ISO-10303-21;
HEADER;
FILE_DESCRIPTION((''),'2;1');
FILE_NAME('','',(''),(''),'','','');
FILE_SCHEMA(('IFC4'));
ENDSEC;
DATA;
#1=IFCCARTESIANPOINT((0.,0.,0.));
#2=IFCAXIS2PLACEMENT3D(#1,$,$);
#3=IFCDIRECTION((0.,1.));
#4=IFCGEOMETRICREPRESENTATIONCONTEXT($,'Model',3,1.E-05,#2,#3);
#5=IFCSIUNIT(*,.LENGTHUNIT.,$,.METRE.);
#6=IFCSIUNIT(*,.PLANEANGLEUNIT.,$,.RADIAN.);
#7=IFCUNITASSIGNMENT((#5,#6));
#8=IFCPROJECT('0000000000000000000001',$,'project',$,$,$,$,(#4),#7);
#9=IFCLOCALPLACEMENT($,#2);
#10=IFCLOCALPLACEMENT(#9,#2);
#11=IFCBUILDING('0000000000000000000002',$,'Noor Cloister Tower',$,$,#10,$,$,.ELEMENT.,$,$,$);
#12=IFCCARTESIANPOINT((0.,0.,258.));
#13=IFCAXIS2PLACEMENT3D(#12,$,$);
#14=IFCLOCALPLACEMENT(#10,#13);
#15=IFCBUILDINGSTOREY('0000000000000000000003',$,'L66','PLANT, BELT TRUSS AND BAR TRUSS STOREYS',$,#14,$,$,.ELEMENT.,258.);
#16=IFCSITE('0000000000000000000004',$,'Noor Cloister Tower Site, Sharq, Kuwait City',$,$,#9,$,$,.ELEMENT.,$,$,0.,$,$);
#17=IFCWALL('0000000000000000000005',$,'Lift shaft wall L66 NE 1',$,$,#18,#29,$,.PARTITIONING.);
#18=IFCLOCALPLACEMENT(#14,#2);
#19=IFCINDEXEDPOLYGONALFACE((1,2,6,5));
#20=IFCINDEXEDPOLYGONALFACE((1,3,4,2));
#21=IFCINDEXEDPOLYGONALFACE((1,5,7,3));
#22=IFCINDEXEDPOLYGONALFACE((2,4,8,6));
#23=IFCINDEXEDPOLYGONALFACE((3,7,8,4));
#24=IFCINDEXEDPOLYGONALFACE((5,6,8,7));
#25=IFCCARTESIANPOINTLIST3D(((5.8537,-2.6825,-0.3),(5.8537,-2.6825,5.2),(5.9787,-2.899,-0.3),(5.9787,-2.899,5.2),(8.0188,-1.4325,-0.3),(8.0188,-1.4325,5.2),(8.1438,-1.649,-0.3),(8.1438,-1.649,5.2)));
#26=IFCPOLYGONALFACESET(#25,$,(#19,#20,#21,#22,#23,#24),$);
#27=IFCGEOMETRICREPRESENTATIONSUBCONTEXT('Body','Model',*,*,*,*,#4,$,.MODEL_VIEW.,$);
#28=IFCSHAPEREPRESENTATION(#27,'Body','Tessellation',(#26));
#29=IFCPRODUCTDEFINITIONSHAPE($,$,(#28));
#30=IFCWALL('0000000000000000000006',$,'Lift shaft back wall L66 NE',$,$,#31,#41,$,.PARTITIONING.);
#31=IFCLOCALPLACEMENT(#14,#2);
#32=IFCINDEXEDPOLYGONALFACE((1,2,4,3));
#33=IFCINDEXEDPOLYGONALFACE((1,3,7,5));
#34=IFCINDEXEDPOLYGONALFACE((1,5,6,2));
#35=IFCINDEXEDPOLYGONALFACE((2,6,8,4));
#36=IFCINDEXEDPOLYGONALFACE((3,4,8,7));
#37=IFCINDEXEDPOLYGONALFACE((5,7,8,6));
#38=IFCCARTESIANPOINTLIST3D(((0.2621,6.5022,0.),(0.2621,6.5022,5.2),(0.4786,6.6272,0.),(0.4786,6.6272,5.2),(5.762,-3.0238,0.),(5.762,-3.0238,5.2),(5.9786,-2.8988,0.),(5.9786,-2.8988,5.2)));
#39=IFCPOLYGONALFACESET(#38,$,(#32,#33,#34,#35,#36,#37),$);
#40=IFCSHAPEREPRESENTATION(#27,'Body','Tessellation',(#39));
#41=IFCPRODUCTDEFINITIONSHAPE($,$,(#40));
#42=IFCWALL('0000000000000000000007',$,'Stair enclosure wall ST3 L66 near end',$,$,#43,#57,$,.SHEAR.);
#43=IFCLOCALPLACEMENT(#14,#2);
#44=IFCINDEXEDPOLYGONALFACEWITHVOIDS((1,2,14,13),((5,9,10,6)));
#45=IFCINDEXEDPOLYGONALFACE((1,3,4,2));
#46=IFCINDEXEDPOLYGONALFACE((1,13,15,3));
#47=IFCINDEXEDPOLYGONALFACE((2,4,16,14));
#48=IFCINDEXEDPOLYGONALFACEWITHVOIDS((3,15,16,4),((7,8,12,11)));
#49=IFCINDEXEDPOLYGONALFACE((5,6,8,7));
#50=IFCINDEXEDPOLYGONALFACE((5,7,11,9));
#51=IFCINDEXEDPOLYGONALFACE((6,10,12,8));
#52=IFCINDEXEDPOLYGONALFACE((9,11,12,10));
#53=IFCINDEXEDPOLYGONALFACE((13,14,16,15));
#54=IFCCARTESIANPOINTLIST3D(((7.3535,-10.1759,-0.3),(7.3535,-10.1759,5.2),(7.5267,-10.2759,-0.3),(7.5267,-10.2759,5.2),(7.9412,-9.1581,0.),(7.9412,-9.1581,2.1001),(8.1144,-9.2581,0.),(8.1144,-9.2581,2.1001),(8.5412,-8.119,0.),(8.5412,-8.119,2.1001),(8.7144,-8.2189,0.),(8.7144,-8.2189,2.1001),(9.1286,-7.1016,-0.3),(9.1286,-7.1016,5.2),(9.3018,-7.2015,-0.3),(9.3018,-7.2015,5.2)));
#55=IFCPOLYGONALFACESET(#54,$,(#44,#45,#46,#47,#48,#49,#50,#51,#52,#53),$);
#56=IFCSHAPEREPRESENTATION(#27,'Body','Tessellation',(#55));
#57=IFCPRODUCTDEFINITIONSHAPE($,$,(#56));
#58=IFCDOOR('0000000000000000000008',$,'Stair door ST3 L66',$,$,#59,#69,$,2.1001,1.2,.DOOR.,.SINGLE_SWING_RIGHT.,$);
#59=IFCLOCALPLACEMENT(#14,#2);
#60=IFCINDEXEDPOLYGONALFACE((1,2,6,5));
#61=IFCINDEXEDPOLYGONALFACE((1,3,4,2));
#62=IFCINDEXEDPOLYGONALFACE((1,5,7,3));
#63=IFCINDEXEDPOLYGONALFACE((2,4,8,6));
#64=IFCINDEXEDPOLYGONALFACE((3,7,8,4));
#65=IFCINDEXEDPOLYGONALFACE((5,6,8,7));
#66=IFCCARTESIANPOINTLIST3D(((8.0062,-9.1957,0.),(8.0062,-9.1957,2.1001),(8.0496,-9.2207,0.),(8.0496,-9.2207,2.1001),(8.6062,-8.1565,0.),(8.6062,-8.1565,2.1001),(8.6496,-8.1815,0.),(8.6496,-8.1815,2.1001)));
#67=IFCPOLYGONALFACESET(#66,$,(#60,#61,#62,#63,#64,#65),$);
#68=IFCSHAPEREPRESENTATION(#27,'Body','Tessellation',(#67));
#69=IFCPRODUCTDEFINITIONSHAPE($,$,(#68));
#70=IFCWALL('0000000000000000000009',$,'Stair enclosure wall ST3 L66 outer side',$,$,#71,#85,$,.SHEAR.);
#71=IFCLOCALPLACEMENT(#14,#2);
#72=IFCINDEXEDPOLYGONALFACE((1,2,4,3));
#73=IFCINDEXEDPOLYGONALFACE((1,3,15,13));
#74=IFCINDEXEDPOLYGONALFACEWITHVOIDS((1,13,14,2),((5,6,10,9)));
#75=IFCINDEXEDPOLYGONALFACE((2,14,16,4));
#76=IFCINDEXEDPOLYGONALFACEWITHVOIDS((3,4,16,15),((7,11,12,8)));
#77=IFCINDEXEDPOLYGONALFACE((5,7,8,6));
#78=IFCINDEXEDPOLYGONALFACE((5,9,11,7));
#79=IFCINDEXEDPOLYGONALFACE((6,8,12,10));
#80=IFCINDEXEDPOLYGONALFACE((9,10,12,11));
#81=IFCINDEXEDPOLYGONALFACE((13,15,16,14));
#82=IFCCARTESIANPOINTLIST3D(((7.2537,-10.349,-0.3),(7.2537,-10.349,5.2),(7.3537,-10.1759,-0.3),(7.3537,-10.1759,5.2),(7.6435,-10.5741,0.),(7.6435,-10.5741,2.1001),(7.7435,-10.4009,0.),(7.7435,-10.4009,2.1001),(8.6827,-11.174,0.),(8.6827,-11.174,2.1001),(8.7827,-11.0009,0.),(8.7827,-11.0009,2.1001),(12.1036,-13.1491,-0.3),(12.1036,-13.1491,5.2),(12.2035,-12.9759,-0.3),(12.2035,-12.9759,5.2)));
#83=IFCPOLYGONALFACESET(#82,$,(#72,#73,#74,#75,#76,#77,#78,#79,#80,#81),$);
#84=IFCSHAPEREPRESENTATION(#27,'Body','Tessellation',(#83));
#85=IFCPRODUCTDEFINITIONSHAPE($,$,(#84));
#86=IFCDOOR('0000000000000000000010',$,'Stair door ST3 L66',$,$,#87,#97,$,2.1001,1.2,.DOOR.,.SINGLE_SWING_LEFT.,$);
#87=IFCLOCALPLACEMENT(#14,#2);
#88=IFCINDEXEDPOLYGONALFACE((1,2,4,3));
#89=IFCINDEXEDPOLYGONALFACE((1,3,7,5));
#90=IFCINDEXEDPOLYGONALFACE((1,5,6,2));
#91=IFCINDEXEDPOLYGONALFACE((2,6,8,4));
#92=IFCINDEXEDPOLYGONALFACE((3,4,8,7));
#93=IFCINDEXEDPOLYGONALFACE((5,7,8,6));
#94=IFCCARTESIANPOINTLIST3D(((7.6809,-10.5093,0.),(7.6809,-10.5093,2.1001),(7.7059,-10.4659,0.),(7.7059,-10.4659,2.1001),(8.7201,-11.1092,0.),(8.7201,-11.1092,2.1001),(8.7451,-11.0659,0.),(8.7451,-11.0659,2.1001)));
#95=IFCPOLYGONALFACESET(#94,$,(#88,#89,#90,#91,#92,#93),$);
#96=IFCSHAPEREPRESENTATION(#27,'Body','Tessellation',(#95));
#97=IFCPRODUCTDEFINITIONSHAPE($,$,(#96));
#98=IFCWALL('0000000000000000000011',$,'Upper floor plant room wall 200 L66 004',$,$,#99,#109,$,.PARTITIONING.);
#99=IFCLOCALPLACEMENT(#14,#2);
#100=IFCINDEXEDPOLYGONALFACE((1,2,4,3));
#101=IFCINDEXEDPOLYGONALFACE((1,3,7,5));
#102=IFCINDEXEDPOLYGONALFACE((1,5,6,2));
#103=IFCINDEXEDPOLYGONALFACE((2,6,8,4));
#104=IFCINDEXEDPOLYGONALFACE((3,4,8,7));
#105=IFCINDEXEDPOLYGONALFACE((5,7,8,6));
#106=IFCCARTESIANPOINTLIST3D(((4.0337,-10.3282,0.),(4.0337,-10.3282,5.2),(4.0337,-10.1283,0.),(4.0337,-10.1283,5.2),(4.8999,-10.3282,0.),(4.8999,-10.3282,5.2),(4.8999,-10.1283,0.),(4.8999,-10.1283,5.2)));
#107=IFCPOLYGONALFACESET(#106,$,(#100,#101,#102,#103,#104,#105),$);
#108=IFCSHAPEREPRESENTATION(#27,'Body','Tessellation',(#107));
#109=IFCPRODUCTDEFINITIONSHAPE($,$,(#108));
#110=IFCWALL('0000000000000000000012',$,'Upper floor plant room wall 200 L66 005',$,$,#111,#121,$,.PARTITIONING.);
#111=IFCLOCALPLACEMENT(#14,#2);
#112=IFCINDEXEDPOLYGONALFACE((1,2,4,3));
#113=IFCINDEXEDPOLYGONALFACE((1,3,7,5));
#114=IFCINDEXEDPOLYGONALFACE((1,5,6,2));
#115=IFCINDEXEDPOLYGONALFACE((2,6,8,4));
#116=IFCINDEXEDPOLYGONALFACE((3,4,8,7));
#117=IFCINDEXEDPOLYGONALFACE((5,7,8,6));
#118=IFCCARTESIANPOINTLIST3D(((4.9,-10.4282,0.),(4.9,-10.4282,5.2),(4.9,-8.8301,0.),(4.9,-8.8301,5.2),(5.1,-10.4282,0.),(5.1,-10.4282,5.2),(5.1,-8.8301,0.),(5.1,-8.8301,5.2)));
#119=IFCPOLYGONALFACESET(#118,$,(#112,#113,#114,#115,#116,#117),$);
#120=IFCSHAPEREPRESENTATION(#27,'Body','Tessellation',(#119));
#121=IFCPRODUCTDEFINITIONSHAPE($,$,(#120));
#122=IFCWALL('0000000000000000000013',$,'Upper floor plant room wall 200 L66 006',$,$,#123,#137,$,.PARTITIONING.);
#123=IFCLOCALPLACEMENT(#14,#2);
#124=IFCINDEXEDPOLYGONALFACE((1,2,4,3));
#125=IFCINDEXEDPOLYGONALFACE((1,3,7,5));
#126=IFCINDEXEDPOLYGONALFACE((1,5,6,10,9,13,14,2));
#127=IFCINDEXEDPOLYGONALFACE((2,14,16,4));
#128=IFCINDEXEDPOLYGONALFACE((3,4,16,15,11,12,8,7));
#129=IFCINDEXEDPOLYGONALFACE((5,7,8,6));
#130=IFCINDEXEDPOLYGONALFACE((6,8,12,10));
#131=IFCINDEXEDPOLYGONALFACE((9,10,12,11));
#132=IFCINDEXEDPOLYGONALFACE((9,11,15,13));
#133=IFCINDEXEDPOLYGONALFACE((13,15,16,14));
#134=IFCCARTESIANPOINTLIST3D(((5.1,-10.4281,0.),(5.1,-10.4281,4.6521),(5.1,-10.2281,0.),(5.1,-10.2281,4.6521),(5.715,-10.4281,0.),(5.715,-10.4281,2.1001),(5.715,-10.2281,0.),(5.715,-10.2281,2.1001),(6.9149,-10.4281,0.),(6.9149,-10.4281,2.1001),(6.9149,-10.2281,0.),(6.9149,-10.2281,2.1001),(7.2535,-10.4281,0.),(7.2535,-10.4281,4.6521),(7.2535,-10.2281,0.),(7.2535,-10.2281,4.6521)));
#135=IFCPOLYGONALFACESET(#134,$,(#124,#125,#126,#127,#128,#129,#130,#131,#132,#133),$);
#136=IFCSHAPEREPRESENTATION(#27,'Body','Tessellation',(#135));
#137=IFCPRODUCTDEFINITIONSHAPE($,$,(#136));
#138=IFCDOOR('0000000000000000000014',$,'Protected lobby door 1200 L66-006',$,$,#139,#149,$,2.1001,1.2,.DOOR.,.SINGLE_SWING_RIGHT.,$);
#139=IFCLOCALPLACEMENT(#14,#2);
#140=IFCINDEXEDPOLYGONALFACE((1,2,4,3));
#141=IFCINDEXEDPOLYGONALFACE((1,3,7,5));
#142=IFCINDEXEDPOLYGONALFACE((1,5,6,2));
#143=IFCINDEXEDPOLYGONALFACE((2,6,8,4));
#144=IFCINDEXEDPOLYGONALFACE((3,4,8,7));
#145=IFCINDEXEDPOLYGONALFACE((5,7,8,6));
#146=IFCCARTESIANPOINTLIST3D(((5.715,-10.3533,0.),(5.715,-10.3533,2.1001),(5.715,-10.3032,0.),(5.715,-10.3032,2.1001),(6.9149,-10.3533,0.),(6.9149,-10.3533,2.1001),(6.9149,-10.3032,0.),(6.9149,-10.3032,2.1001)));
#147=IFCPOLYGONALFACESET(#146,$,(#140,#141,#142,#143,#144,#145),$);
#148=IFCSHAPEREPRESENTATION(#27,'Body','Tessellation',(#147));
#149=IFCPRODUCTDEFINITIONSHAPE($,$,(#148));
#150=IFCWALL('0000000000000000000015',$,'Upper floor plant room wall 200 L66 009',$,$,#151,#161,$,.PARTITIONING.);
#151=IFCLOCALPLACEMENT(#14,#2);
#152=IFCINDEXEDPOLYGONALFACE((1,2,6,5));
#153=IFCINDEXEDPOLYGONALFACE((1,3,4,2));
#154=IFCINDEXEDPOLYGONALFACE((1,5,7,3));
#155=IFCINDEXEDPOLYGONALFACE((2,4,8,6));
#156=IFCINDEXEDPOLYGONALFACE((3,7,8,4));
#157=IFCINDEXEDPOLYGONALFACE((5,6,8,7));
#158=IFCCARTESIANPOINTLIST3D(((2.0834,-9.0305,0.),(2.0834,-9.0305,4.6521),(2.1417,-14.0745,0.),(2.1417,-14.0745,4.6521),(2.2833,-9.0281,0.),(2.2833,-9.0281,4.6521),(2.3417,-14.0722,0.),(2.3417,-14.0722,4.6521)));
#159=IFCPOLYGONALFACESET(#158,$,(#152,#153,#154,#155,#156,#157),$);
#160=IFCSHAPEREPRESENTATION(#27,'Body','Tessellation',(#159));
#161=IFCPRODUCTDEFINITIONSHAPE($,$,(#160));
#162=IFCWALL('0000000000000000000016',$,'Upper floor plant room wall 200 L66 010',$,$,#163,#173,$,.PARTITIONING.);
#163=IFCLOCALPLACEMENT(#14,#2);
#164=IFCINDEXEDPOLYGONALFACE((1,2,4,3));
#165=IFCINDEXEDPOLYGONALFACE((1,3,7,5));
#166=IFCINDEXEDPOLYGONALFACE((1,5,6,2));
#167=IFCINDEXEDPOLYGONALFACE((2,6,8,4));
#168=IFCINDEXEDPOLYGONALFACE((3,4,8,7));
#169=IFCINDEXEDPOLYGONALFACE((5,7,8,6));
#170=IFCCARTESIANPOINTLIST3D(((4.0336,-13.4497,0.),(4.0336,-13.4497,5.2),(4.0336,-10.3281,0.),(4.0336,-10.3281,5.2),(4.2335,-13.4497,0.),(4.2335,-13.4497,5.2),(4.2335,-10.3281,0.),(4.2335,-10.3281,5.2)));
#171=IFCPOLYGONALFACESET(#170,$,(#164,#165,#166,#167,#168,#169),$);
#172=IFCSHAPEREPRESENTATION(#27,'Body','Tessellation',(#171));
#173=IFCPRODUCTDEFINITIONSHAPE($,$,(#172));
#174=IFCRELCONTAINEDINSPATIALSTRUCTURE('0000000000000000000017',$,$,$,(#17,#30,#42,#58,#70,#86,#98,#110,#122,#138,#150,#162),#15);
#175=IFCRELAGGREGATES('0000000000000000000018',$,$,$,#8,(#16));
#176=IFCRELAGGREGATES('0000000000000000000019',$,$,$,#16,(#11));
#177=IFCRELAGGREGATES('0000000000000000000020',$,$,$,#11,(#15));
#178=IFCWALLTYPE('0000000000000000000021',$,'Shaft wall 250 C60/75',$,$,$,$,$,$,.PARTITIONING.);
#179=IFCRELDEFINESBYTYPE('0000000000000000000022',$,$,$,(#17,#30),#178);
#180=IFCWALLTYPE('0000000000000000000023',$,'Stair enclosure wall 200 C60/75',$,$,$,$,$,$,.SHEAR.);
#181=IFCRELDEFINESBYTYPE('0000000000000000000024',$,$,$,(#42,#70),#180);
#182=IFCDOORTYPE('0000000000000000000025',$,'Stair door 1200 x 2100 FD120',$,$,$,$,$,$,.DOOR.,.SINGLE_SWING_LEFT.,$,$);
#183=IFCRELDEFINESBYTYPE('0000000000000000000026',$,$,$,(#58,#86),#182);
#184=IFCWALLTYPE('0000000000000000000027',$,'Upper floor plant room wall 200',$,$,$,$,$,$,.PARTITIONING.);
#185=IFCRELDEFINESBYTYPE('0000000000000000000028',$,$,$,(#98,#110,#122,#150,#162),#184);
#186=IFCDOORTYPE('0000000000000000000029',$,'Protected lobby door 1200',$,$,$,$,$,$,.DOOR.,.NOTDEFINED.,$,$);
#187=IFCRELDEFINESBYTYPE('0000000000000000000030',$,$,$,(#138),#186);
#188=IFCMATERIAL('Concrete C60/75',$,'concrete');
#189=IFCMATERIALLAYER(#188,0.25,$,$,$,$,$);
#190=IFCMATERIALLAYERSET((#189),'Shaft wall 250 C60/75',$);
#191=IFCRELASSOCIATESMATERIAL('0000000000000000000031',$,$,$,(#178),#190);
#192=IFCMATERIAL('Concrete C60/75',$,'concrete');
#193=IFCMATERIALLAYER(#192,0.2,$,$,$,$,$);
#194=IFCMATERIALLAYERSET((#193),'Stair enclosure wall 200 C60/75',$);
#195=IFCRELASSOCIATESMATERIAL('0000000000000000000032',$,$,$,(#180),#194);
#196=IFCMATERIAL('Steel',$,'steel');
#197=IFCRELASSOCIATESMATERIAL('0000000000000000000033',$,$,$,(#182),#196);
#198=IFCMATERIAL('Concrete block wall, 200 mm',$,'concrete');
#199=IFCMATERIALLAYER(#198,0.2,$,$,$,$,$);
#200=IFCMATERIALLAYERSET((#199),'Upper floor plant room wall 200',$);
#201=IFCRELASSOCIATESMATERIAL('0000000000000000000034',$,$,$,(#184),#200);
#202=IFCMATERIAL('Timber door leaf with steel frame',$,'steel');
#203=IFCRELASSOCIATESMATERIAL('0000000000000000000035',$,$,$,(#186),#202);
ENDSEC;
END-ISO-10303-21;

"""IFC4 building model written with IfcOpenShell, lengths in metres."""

from ifc_helpers import new_model, si_unit, direction, frame, frame_2d, origin, place, context, subcontext, project, spatial, rectangle, extrude, material, layer, layer_set, type_object, element, fill, save


model = new_model("IFC4")

# Units and contexts
model_context = context("Model", 3, precision=1e-05, world=origin(), true_north=direction((0.0, 1.0)))
body_context = subcontext(model_context, "Body", "Model", "MODEL_VIEW")
ifc_project = project(units=[si_unit("LENGTHUNIT", "METRE"), si_unit("PLANEANGLEUNIT", "RADIAN")], contexts=[model_context])

# Site, building, storey
site_placement = place(None, origin())
site = spatial("IfcSite", under=ifc_project, at=site_placement, Name="Noor Cloister Tower Site, Sharq, Kuwait City", CompositionType="ELEMENT", RefElevation=0.0)
building_placement = place(site_placement, origin())
building = spatial("IfcBuilding", under=site, at=building_placement, Name="Noor Cloister Tower", CompositionType="ELEMENT")
storey_placement = place(building_placement, frame((0.0, 0.0, 258.0)))
storey = spatial("IfcBuildingStorey", under=building, at=storey_placement, Name="L66", Description="PLANT, BELT TRUSS AND BAR TRUSS STOREYS", CompositionType="ELEMENT", Elevation=258.0)

# Walls
ifc_material_1 = material(Name="Concrete C60/75", Category="concrete")
ifc_layer_1 = layer(ifc_material_1, 0.25)
ifc_layer_set_1 = layer_set([ifc_layer_1], Name="Shaft wall 250 C60/75")
wall_type_1 = type_object("IfcWallType", Name="Shaft wall 250 C60/75", PredefinedType="PARTITIONING", material=ifc_layer_set_1)
wall_1_placement = place(storey_placement, frame((8.0813, -1.5408, -0.3), z_axis=(0.0, 0.0, 1.0), x_axis=(-0.866023, -0.500004, 0.0)))
element("IfcWall", 1, at=wall_1_placement, inside=storey, type_object=wall_type_1, Name="Lift shaft wall L66 NE 1", PredefinedType="PARTITIONING", context=body_context, shape_type="SweptSolid", body=[
    extrude(rectangle(XDim=2.5, YDim=0.25, at=frame_2d((1.25, 0.0))), origin(), (0.0, 0.0, 1.0), 5.5),
])
wall_2_placement = place(storey_placement, frame((5.8704, -2.9614, 0.0), z_axis=(0.0, 0.0, 1.0), x_axis=(-0.500006, 0.866022, 0.0)))
element("IfcWall", 2, at=wall_2_placement, inside=storey, type_object=wall_type_1, Name="Lift shaft back wall L66 NE", PredefinedType="PARTITIONING", context=body_context, shape_type="SweptSolid", body=[
    extrude(rectangle(XDim=10.9998, YDim=0.25, at=frame_2d((5.5, 0.0))), origin(), (0.0, 0.0, 1.0), 5.2),
])

# Walls, openings, doors
ifc_material_2 = material(Name="Concrete C60/75", Category="concrete")
ifc_layer_2 = layer(ifc_material_2, 0.2)
ifc_layer_set_2 = layer_set([ifc_layer_2], Name="Stair enclosure wall 200 C60/75")
wall_type_2 = type_object("IfcWallType", Name="Stair enclosure wall 200 C60/75", PredefinedType="SHEAR", material=ifc_layer_set_2)
wall_3_placement = place(storey_placement, frame((7.4402, -10.2258, -0.3), z_axis=(0.0, 0.0, 1.0), x_axis=(0.500022, 0.866013, 0.0)))
wall_3 = element("IfcWall", 3, at=wall_3_placement, inside=storey, type_object=wall_type_2, Name="Stair enclosure wall ST3 L66 near end", PredefinedType="SHEAR", context=body_context, shape_type="SweptSolid", body=[
    extrude(rectangle(XDim=3.55, YDim=0.2, at=frame_2d((1.7749, 0.0))), origin(), (0.0, 0.0, 1.0), 5.5),
])
opening_1_placement = place(wall_3_placement, frame((1.175, 0.0, 0.3)))
opening_1 = element("IfcOpeningElement", 4, at=opening_1_placement, cuts=wall_3, PredefinedType="OPENING", context=body_context, shape_type="SweptSolid", body=[
    extrude(rectangle(XDim=1.2, YDim=2.1001, at=frame_2d((0.6001, 1.05))), frame((0.0, 0.1099, 0.0), z_axis=(0.0, -1.0, 0.0), x_axis=(1.0, 0.0, 0.0)), (0.0, 0.0, 1.0), 0.22),
])
ifc_material_3 = material(Name="Steel", Category="steel")
door_type_1 = type_object("IfcDoorType", Name="Stair door 1200 x 2100 FD120", OperationType="SINGLE_SWING_LEFT", PredefinedType="DOOR", material=ifc_material_3)
door_1_placement = place(opening_1_placement, origin())
door_1 = element("IfcDoor", 5, at=door_1_placement, inside=storey, type_object=door_type_1, Name="Stair door ST3 L66", OperationType="SINGLE_SWING_RIGHT", OverallHeight=2.1001, OverallWidth=1.2, PredefinedType="DOOR", context=body_context, shape_type="SweptSolid", body=[
    extrude(rectangle(XDim=1.2, YDim=2.1001, at=frame_2d((0.6001, 1.05))), frame((0.0, 0.0249, 0.0), z_axis=(0.0, -1.0, 0.0), x_axis=(1.0, 0.0, 0.0)), (0.0, 0.0, 1.0), 0.05),
])
fill(opening_1, door_1)
wall_4_placement = place(storey_placement, frame((7.3037, -10.2625, -0.3), z_axis=(0.0, 0.0, 1.0), x_axis=(0.866027, -0.499998, 0.0)))
wall_4 = element("IfcWall", 6, at=wall_4_placement, inside=storey, type_object=wall_type_2, Name="Stair enclosure wall ST3 L66 outer side", PredefinedType="SHEAR", context=body_context, shape_type="SweptSolid", body=[
    extrude(rectangle(XDim=5.6001, YDim=0.2, at=frame_2d((2.8, 0.0))), origin(), (0.0, 0.0, 1.0), 5.5),
])
opening_2_placement = place(wall_4_placement, frame((0.45, 0.0, 0.3)))
opening_2 = element("IfcOpeningElement", 7, at=opening_2_placement, cuts=wall_4, PredefinedType="OPENING", context=body_context, shape_type="SweptSolid", body=[
    extrude(rectangle(XDim=1.2, YDim=2.1001, at=frame_2d((0.6001, 1.05))), frame((0.0, 0.1099, 0.0), z_axis=(0.0, -1.0, 0.0), x_axis=(1.0, 0.0, 0.0)), (0.0, 0.0, 1.0), 0.22),
])
door_2_placement = place(opening_2_placement, origin())
door_2 = element("IfcDoor", 8, at=door_2_placement, inside=storey, type_object=door_type_1, Name="Stair door ST3 L66", OperationType="SINGLE_SWING_LEFT", OverallHeight=2.1001, OverallWidth=1.2, PredefinedType="DOOR", context=body_context, shape_type="SweptSolid", body=[
    extrude(rectangle(XDim=1.2, YDim=2.1001, at=frame_2d((0.6001, 1.05))), frame((0.0, 0.0249, 0.0), z_axis=(0.0, -1.0, 0.0), x_axis=(1.0, 0.0, 0.0)), (0.0, 0.0, 1.0), 0.05),
])
fill(opening_2, door_2)

# Walls
ifc_material_4 = material(Name="Concrete block wall, 200 mm", Category="concrete")
ifc_layer_3 = layer(ifc_material_4, 0.2)
ifc_layer_set_3 = layer_set([ifc_layer_3], Name="Upper floor plant room wall 200")
wall_type_3 = type_object("IfcWallType", Name="Upper floor plant room wall 200", PredefinedType="PARTITIONING", material=ifc_layer_set_3)
wall_5_placement = place(storey_placement, frame((4.0337, -10.2283, 0.0), z_axis=(0.0, 0.0, 1.0), x_axis=(1.0, 0.0, 0.0)))
element("IfcWall", 9, at=wall_5_placement, inside=storey, type_object=wall_type_3, Name="Upper floor plant room wall 200 L66 004", PredefinedType="PARTITIONING", context=body_context, shape_type="SweptSolid", body=[
    extrude(rectangle(XDim=0.8662, YDim=0.2, at=frame_2d((0.4331, 0.0))), origin(), (0.0, 0.0, 1.0), 5.2),
])
wall_6_placement = place(storey_placement, frame((5.0, -10.4282, 0.0), z_axis=(0.0, 0.0, 1.0), x_axis=(0.0, 1.0, 0.0)))
element("IfcWall", 10, at=wall_6_placement, inside=storey, type_object=wall_type_3, Name="Upper floor plant room wall 200 L66 005", PredefinedType="PARTITIONING", context=body_context, shape_type="SweptSolid", body=[
    extrude(rectangle(XDim=1.5981, YDim=0.2, at=frame_2d((0.7991, 0.0))), origin(), (0.0, 0.0, 1.0), 5.2),
])

# Wall, opening, door
wall_7_placement = place(storey_placement, frame((5.1001, -10.3281, 0.0), z_axis=(0.0, 0.0, 1.0), x_axis=(1.0, 0.0, 0.0)))
wall_7 = element("IfcWall", 11, at=wall_7_placement, inside=storey, type_object=wall_type_3, Name="Upper floor plant room wall 200 L66 006", PredefinedType="PARTITIONING", context=body_context, shape_type="SweptSolid", body=[
    extrude(rectangle(XDim=2.1536, YDim=0.2, at=frame_2d((1.0767, 0.0))), origin(), (0.0, 0.0, 1.0), 4.6521),
])
opening_3_placement = place(wall_7_placement, frame((0.6147, 0.0, 0.0)))
opening_3 = element("IfcOpeningElement", 12, at=opening_3_placement, cuts=wall_7, PredefinedType="OPENING", context=body_context, shape_type="SweptSolid", body=[
    extrude(rectangle(XDim=1.2, YDim=2.1001, at=frame_2d((0.6001, 1.05))), frame((0.0, 0.1099, 0.0), z_axis=(0.0, -1.0, 0.0), x_axis=(1.0, 0.0, 0.0)), (0.0, 0.0, 1.0), 0.22),
])
ifc_material_5 = material(Name="Timber door leaf with steel frame", Category="steel")
door_type_2 = type_object("IfcDoorType", Name="Protected lobby door 1200", OperationType="NOTDEFINED", PredefinedType="DOOR", material=ifc_material_5)
door_3_placement = place(opening_3_placement, origin())
door_3 = element("IfcDoor", 13, at=door_3_placement, inside=storey, type_object=door_type_2, Name="Protected lobby door 1200 L66-006", OperationType="SINGLE_SWING_RIGHT", OverallHeight=2.1001, OverallWidth=1.2, PredefinedType="DOOR", context=body_context, shape_type="SweptSolid", body=[
    extrude(rectangle(XDim=1.2, YDim=2.1001, at=frame_2d((0.6001, 1.05))), frame((0.0, 0.0249, 0.0), z_axis=(0.0, -1.0, 0.0), x_axis=(1.0, 0.0, 0.0)), (0.0, 0.0, 1.0), 0.05),
])
fill(opening_3, door_3)

# Walls
wall_8_placement = place(storey_placement, frame((2.1833, -9.0293, 0.0), z_axis=(0.0, 0.0, 1.0), x_axis=(0.011567, -0.999933, 0.0)))
element("IfcWall", 14, at=wall_8_placement, inside=storey, type_object=wall_type_3, Name="Upper floor plant room wall 200 L66 009", PredefinedType="PARTITIONING", context=body_context, shape_type="SweptSolid", body=[
    extrude(rectangle(XDim=5.0444, YDim=0.2, at=frame_2d((2.5222, 0.0))), origin(), (0.0, 0.0, 1.0), 4.6521),
])
wall_9_placement = place(storey_placement, frame((4.1335, -10.3281, 0.0), z_axis=(0.0, 0.0, 1.0), x_axis=(0.0, -1.0, 0.0)))
element("IfcWall", 15, at=wall_9_placement, inside=storey, type_object=wall_type_3, Name="Upper floor plant room wall 200 L66 010", PredefinedType="PARTITIONING", context=body_context, shape_type="SweptSolid", body=[
    extrude(rectangle(XDim=3.1216, YDim=0.2, at=frame_2d((1.5608, 0.0))), origin(), (0.0, 0.0, 1.0), 5.2),
])

save(model, "model.ifc")
